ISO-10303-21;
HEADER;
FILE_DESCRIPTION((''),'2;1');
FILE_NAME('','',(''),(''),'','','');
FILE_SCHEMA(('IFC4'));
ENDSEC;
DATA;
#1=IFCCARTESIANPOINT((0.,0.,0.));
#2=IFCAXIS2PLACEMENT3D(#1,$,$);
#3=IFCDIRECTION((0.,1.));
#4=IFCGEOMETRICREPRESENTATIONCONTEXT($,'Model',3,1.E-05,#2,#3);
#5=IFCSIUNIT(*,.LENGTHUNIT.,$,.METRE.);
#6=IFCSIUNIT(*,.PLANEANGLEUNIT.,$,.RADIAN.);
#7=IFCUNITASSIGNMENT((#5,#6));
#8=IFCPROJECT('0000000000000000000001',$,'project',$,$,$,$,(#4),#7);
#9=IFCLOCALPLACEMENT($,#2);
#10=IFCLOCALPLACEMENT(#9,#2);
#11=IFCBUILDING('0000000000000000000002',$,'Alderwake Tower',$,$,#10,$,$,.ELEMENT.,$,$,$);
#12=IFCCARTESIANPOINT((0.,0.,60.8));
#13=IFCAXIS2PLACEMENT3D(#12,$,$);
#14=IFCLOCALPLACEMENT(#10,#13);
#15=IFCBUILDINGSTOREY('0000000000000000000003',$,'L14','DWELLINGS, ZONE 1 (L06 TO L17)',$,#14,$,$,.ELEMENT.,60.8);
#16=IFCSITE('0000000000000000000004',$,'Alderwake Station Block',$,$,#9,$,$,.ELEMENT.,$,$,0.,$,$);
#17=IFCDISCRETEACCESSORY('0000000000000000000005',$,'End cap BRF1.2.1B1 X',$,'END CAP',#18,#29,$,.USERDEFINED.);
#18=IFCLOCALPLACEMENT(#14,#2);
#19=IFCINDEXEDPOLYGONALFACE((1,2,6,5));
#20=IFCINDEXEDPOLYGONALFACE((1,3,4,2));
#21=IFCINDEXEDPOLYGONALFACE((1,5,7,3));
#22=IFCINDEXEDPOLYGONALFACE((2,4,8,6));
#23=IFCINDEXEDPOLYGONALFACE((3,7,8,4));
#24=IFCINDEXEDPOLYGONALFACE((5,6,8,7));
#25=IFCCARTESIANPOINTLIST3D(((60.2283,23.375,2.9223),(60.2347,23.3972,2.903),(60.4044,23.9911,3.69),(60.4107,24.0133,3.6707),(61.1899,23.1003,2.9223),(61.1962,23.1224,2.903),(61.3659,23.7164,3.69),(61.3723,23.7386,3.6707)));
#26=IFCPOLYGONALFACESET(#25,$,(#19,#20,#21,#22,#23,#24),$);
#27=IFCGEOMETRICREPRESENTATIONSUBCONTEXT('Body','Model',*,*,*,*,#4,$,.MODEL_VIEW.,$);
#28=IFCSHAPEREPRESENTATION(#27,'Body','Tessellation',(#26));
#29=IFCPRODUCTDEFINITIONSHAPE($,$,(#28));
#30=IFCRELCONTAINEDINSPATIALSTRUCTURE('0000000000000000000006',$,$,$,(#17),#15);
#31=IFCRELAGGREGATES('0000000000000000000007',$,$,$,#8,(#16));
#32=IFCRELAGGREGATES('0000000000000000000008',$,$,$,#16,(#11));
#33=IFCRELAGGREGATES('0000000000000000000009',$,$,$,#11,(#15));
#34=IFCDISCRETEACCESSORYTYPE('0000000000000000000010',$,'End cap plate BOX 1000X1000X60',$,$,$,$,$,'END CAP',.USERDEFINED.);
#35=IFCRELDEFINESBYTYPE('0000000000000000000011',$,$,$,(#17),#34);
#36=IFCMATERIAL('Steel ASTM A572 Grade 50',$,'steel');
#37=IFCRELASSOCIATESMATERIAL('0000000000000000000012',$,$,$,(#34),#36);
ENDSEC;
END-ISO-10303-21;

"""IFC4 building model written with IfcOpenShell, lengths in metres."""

from ifc_helpers import new_model, si_unit, direction, frame, origin, origin_2d, place, context, subcontext, project, spatial, rectangle, extrude, material, material_profile, profile_set, type_object, element, save


model = new_model("IFC4")

# Units and contexts
model_context = context("Model", 3, precision=1e-05, world=origin(), true_north=direction((0.0, 1.0)))
body_context = subcontext(model_context, "Body", "Model", "MODEL_VIEW")
ifc_project = project(units=[si_unit("LENGTHUNIT", "METRE"), si_unit("PLANEANGLEUNIT", "RADIAN")], contexts=[model_context])

# Site, building, storey
site_placement = place(None, origin())
site = spatial("IfcSite", under=ifc_project, at=site_placement, Name="Alderwake Station Block", CompositionType="ELEMENT", RefElevation=0.0)
building_placement = place(site_placement, origin())
building = spatial("IfcBuilding", under=site, at=building_placement, Name="Alderwake Tower", CompositionType="ELEMENT")
storey_placement = place(building_placement, frame((0.0, 0.0, 60.8)))
storey = spatial("IfcBuildingStorey", under=building, at=storey_placement, Name="L14", Description="DWELLINGS, ZONE 1 (L06 TO L17)", CompositionType="ELEMENT", Elevation=60.8)

# Discrete accessory
ifc_material_1 = material(Name="Steel ASTM A572 Grade 50", Category="steel")
ifc_material_profile_1 = material_profile(ifc_material_1, rectangle(XDim=1.0, YDim=1.0, at=origin_2d()), Name="BOX 1000X1000X60 cap")
ifc_profile_set_1 = profile_set([ifc_material_profile_1], Name="Steel ASTM A572 Grade 50")
discrete_accessory_type = type_object("IfcDiscreteAccessoryType", Name="End cap plate BOX 1000X1000X60", ElementType="END CAP", PredefinedType="USERDEFINED", material=ifc_profile_set_1)
discrete_accessory_placement = place(storey_placement, frame((60.8035, 23.5679, 3.2869), z_axis=(-0.210902, -0.738156, 0.640817), x_axis=(0.961524, -0.274721, 0.0)))
element("IfcDiscreteAccessory", 1, at=discrete_accessory_placement, inside=storey, type_object=discrete_accessory_type, Name="End cap BRF1.2.1B1 X", ObjectType="END CAP", PredefinedType="USERDEFINED", context=body_context, shape_type="SweptSolid", body=[
    extrude(rectangle(XDim=1.0, YDim=1.0, at=origin_2d()), origin(), (0.0, 0.0, 1.0), 0.03),
])

save(model, "model.ifc")
